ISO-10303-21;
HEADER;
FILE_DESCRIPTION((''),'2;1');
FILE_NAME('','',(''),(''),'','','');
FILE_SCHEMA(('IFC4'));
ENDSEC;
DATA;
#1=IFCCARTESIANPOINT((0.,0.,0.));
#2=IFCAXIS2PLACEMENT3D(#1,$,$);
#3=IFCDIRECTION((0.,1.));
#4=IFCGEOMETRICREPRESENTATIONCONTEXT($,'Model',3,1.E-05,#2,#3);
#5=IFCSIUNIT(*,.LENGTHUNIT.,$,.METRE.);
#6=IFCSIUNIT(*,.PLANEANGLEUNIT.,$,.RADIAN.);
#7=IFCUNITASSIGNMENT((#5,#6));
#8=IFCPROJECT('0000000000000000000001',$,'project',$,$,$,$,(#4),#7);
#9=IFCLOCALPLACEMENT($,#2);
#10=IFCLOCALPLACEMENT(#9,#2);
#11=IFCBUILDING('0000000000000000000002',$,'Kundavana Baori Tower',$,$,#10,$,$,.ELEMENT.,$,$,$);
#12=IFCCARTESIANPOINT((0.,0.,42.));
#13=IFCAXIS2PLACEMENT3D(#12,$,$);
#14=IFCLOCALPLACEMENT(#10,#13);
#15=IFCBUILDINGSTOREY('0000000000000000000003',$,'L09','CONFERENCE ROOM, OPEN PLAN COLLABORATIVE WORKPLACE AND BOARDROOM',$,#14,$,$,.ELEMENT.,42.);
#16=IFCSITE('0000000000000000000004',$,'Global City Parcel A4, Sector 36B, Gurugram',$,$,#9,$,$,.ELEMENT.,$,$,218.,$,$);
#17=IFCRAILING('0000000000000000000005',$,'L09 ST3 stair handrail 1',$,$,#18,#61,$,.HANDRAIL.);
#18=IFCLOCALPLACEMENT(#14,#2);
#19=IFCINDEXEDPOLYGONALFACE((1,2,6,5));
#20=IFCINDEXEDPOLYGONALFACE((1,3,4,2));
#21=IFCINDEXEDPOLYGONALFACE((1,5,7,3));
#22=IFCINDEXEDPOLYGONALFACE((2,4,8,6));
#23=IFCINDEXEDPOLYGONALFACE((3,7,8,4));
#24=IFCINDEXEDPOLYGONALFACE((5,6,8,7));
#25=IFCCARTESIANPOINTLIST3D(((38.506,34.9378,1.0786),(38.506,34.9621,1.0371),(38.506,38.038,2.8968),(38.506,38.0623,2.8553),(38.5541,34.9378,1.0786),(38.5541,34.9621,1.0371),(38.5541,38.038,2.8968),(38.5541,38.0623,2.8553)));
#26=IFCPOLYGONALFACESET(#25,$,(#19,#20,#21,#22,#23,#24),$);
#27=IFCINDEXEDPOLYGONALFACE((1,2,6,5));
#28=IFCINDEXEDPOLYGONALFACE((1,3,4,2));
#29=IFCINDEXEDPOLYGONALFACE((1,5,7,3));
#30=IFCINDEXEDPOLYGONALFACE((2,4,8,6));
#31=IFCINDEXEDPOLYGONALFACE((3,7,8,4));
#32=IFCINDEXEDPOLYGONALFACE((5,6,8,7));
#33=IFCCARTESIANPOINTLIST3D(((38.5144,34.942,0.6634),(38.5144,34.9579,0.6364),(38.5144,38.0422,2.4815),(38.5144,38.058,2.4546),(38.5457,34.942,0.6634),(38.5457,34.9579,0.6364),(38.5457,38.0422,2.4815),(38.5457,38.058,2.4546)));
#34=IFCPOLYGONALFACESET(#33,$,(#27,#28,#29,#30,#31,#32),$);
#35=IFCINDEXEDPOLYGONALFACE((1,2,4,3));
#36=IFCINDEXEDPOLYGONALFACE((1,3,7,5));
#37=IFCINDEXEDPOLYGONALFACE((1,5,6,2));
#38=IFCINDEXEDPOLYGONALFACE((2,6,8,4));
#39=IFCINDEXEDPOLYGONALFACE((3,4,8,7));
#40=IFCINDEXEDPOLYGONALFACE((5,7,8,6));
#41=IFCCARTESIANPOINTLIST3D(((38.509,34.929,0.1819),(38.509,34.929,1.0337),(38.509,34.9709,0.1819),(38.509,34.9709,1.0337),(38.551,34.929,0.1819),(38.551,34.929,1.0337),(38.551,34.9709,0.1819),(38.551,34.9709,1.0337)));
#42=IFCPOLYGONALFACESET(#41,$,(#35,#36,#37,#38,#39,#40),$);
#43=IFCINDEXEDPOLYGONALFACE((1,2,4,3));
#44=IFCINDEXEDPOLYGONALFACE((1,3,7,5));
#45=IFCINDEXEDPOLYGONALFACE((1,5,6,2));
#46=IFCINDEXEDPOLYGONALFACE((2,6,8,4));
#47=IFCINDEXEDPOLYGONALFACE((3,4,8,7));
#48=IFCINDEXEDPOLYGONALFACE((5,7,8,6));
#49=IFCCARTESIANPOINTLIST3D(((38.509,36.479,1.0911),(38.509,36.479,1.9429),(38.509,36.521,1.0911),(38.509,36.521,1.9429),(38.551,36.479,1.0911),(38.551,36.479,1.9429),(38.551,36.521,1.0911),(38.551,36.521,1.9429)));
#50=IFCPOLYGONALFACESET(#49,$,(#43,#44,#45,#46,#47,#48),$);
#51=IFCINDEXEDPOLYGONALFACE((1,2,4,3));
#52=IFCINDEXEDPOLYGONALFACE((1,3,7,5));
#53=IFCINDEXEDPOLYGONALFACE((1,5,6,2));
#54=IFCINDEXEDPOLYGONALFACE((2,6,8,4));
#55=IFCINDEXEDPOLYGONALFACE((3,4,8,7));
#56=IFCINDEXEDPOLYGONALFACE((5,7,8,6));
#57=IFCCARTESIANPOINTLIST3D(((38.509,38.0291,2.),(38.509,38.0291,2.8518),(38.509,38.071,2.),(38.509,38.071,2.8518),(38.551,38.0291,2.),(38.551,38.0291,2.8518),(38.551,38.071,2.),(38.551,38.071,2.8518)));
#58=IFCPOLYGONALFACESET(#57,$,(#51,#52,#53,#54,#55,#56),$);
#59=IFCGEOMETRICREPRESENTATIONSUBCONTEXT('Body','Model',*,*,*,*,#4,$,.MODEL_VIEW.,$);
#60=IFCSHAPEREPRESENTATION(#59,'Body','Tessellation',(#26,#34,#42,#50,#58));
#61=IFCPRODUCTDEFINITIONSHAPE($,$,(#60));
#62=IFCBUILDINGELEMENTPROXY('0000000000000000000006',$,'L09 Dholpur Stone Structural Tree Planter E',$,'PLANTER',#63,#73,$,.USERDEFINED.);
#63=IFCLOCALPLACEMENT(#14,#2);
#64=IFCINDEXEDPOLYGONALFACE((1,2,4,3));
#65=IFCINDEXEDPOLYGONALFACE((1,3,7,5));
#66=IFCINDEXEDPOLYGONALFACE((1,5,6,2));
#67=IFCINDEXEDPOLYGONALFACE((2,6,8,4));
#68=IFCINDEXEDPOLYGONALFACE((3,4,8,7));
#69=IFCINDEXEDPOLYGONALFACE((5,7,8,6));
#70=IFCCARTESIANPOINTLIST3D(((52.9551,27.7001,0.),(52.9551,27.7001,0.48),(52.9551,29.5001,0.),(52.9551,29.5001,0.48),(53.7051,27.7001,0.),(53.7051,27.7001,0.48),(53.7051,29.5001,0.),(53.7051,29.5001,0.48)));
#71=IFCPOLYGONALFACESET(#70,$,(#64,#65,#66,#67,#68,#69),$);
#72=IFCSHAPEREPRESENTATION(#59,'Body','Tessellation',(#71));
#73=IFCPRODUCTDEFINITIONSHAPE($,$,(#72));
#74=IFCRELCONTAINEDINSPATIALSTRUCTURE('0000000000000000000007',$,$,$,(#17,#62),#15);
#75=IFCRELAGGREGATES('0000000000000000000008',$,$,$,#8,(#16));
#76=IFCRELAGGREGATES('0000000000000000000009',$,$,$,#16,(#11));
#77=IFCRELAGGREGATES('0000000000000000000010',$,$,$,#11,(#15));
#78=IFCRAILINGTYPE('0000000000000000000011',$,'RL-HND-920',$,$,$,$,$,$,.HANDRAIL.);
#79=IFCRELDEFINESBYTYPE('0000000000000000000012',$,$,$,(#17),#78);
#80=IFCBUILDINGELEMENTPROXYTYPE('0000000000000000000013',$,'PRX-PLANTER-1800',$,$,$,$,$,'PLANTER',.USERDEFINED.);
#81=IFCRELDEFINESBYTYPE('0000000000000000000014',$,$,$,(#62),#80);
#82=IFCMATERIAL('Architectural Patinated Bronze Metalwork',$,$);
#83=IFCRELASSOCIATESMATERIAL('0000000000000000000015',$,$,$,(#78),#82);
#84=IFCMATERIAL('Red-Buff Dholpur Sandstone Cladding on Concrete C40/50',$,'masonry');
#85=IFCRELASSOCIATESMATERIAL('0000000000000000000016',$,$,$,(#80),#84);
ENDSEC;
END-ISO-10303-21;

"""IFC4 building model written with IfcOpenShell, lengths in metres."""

from ifc_helpers import new_model, si_unit, direction, frame, origin, origin_2d, place, context, subcontext, project, spatial, rectangle, extrude, material, type_object, element, save


model = new_model("IFC4")

# Units and contexts
model_context = context("Model", 3, precision=1e-05, world=origin(), true_north=direction((0.0, 1.0)))
body_context = subcontext(model_context, "Body", "Model", "MODEL_VIEW")
ifc_project = project(units=[si_unit("LENGTHUNIT", "METRE"), si_unit("PLANEANGLEUNIT", "RADIAN")], contexts=[model_context])

# Site, building, storey
site_placement = place(None, origin())
site = spatial("IfcSite", under=ifc_project, at=site_placement, Name="Global City Parcel A4, Sector 36B, Gurugram", CompositionType="ELEMENT", RefElevation=218.0)
building_placement = place(site_placement, origin())
building = spatial("IfcBuilding", under=site, at=building_placement, Name="Kundavana Baori Tower", CompositionType="ELEMENT")
storey_placement = place(building_placement, frame((0.0, 0.0, 42.0)))
storey = spatial("IfcBuildingStorey", under=building, at=storey_placement, Name="L09", Description="CONFERENCE ROOM, OPEN PLAN COLLABORATIVE WORKPLACE AND BOARDROOM", CompositionType="ELEMENT", Elevation=42.0)

# Railing
ifc_material_1 = material(Name="Architectural Patinated Bronze Metalwork")
railing_type_1 = type_object("IfcRailingType", Name="RL-HND-920", PredefinedType="HANDRAIL", material=ifc_material_1)
railing_1_placement = place(storey_placement, frame((38.53, 34.95, 0.1819)))
element("IfcRailing", 1, at=railing_1_placement, inside=storey, type_object=railing_type_1, Name="L09 ST3 stair handrail 1", PredefinedType="HANDRAIL", context=body_context, shape_type="SweptSolid", body=[
    extrude(rectangle(XDim=0.0481, YDim=0.0481, at=origin_2d()), frame((0.0, 0.0, 0.876), z_axis=(0.0, 0.862599, 0.505889), x_axis=(-1.0, 0.0, 0.0)), (0.0, 0.0, 1.0), 3.594),
    extrude(rectangle(XDim=0.0312, YDim=0.0312, at=origin_2d()), frame((0.0, 0.0, 0.468), z_axis=(0.0, 0.862599, 0.505889), x_axis=(-1.0, 0.0, 0.0)), (0.0, 0.0, 1.0), 3.594),
    extrude(rectangle(XDim=0.042, YDim=0.042, at=origin_2d()), origin(), (0.0, 0.0, 1.0), 0.8518),
    extrude(rectangle(XDim=0.042, YDim=0.042, at=origin_2d()), frame((0.0, 1.55, 0.9092)), (0.0, 0.0, 1.0), 0.8518),
    extrude(rectangle(XDim=0.042, YDim=0.042, at=origin_2d()), frame((0.0, 3.1001, 1.8181)), (0.0, 0.0, 1.0), 0.8518),
])

# Building element proxy
ifc_material_2 = material(Name="Red-Buff Dholpur Sandstone Cladding on Concrete C40/50", Category="masonry")
building_element_proxy_type = type_object("IfcBuildingElementProxyType", Name="PRX-PLANTER-1800", ElementType="PLANTER", PredefinedType="USERDEFINED", material=ifc_material_2)
proxy_placement = place(storey_placement, frame((53.3301, 28.6001, 0.0), z_axis=(0.0, 0.0, 1.0), x_axis=(0.0, 1.0, 0.0)))
element("IfcBuildingElementProxy", 2, at=proxy_placement, inside=storey, type_object=building_element_proxy_type, Name="L09 Dholpur Stone Structural Tree Planter E", ObjectType="PLANTER", PredefinedType="USERDEFINED", context=body_context, shape_type="SweptSolid", body=[
    extrude(rectangle(XDim=1.8, YDim=0.75, at=origin_2d()), origin(), (0.0, 0.0, 1.0), 0.48),
])

save(model, "model.ifc")
